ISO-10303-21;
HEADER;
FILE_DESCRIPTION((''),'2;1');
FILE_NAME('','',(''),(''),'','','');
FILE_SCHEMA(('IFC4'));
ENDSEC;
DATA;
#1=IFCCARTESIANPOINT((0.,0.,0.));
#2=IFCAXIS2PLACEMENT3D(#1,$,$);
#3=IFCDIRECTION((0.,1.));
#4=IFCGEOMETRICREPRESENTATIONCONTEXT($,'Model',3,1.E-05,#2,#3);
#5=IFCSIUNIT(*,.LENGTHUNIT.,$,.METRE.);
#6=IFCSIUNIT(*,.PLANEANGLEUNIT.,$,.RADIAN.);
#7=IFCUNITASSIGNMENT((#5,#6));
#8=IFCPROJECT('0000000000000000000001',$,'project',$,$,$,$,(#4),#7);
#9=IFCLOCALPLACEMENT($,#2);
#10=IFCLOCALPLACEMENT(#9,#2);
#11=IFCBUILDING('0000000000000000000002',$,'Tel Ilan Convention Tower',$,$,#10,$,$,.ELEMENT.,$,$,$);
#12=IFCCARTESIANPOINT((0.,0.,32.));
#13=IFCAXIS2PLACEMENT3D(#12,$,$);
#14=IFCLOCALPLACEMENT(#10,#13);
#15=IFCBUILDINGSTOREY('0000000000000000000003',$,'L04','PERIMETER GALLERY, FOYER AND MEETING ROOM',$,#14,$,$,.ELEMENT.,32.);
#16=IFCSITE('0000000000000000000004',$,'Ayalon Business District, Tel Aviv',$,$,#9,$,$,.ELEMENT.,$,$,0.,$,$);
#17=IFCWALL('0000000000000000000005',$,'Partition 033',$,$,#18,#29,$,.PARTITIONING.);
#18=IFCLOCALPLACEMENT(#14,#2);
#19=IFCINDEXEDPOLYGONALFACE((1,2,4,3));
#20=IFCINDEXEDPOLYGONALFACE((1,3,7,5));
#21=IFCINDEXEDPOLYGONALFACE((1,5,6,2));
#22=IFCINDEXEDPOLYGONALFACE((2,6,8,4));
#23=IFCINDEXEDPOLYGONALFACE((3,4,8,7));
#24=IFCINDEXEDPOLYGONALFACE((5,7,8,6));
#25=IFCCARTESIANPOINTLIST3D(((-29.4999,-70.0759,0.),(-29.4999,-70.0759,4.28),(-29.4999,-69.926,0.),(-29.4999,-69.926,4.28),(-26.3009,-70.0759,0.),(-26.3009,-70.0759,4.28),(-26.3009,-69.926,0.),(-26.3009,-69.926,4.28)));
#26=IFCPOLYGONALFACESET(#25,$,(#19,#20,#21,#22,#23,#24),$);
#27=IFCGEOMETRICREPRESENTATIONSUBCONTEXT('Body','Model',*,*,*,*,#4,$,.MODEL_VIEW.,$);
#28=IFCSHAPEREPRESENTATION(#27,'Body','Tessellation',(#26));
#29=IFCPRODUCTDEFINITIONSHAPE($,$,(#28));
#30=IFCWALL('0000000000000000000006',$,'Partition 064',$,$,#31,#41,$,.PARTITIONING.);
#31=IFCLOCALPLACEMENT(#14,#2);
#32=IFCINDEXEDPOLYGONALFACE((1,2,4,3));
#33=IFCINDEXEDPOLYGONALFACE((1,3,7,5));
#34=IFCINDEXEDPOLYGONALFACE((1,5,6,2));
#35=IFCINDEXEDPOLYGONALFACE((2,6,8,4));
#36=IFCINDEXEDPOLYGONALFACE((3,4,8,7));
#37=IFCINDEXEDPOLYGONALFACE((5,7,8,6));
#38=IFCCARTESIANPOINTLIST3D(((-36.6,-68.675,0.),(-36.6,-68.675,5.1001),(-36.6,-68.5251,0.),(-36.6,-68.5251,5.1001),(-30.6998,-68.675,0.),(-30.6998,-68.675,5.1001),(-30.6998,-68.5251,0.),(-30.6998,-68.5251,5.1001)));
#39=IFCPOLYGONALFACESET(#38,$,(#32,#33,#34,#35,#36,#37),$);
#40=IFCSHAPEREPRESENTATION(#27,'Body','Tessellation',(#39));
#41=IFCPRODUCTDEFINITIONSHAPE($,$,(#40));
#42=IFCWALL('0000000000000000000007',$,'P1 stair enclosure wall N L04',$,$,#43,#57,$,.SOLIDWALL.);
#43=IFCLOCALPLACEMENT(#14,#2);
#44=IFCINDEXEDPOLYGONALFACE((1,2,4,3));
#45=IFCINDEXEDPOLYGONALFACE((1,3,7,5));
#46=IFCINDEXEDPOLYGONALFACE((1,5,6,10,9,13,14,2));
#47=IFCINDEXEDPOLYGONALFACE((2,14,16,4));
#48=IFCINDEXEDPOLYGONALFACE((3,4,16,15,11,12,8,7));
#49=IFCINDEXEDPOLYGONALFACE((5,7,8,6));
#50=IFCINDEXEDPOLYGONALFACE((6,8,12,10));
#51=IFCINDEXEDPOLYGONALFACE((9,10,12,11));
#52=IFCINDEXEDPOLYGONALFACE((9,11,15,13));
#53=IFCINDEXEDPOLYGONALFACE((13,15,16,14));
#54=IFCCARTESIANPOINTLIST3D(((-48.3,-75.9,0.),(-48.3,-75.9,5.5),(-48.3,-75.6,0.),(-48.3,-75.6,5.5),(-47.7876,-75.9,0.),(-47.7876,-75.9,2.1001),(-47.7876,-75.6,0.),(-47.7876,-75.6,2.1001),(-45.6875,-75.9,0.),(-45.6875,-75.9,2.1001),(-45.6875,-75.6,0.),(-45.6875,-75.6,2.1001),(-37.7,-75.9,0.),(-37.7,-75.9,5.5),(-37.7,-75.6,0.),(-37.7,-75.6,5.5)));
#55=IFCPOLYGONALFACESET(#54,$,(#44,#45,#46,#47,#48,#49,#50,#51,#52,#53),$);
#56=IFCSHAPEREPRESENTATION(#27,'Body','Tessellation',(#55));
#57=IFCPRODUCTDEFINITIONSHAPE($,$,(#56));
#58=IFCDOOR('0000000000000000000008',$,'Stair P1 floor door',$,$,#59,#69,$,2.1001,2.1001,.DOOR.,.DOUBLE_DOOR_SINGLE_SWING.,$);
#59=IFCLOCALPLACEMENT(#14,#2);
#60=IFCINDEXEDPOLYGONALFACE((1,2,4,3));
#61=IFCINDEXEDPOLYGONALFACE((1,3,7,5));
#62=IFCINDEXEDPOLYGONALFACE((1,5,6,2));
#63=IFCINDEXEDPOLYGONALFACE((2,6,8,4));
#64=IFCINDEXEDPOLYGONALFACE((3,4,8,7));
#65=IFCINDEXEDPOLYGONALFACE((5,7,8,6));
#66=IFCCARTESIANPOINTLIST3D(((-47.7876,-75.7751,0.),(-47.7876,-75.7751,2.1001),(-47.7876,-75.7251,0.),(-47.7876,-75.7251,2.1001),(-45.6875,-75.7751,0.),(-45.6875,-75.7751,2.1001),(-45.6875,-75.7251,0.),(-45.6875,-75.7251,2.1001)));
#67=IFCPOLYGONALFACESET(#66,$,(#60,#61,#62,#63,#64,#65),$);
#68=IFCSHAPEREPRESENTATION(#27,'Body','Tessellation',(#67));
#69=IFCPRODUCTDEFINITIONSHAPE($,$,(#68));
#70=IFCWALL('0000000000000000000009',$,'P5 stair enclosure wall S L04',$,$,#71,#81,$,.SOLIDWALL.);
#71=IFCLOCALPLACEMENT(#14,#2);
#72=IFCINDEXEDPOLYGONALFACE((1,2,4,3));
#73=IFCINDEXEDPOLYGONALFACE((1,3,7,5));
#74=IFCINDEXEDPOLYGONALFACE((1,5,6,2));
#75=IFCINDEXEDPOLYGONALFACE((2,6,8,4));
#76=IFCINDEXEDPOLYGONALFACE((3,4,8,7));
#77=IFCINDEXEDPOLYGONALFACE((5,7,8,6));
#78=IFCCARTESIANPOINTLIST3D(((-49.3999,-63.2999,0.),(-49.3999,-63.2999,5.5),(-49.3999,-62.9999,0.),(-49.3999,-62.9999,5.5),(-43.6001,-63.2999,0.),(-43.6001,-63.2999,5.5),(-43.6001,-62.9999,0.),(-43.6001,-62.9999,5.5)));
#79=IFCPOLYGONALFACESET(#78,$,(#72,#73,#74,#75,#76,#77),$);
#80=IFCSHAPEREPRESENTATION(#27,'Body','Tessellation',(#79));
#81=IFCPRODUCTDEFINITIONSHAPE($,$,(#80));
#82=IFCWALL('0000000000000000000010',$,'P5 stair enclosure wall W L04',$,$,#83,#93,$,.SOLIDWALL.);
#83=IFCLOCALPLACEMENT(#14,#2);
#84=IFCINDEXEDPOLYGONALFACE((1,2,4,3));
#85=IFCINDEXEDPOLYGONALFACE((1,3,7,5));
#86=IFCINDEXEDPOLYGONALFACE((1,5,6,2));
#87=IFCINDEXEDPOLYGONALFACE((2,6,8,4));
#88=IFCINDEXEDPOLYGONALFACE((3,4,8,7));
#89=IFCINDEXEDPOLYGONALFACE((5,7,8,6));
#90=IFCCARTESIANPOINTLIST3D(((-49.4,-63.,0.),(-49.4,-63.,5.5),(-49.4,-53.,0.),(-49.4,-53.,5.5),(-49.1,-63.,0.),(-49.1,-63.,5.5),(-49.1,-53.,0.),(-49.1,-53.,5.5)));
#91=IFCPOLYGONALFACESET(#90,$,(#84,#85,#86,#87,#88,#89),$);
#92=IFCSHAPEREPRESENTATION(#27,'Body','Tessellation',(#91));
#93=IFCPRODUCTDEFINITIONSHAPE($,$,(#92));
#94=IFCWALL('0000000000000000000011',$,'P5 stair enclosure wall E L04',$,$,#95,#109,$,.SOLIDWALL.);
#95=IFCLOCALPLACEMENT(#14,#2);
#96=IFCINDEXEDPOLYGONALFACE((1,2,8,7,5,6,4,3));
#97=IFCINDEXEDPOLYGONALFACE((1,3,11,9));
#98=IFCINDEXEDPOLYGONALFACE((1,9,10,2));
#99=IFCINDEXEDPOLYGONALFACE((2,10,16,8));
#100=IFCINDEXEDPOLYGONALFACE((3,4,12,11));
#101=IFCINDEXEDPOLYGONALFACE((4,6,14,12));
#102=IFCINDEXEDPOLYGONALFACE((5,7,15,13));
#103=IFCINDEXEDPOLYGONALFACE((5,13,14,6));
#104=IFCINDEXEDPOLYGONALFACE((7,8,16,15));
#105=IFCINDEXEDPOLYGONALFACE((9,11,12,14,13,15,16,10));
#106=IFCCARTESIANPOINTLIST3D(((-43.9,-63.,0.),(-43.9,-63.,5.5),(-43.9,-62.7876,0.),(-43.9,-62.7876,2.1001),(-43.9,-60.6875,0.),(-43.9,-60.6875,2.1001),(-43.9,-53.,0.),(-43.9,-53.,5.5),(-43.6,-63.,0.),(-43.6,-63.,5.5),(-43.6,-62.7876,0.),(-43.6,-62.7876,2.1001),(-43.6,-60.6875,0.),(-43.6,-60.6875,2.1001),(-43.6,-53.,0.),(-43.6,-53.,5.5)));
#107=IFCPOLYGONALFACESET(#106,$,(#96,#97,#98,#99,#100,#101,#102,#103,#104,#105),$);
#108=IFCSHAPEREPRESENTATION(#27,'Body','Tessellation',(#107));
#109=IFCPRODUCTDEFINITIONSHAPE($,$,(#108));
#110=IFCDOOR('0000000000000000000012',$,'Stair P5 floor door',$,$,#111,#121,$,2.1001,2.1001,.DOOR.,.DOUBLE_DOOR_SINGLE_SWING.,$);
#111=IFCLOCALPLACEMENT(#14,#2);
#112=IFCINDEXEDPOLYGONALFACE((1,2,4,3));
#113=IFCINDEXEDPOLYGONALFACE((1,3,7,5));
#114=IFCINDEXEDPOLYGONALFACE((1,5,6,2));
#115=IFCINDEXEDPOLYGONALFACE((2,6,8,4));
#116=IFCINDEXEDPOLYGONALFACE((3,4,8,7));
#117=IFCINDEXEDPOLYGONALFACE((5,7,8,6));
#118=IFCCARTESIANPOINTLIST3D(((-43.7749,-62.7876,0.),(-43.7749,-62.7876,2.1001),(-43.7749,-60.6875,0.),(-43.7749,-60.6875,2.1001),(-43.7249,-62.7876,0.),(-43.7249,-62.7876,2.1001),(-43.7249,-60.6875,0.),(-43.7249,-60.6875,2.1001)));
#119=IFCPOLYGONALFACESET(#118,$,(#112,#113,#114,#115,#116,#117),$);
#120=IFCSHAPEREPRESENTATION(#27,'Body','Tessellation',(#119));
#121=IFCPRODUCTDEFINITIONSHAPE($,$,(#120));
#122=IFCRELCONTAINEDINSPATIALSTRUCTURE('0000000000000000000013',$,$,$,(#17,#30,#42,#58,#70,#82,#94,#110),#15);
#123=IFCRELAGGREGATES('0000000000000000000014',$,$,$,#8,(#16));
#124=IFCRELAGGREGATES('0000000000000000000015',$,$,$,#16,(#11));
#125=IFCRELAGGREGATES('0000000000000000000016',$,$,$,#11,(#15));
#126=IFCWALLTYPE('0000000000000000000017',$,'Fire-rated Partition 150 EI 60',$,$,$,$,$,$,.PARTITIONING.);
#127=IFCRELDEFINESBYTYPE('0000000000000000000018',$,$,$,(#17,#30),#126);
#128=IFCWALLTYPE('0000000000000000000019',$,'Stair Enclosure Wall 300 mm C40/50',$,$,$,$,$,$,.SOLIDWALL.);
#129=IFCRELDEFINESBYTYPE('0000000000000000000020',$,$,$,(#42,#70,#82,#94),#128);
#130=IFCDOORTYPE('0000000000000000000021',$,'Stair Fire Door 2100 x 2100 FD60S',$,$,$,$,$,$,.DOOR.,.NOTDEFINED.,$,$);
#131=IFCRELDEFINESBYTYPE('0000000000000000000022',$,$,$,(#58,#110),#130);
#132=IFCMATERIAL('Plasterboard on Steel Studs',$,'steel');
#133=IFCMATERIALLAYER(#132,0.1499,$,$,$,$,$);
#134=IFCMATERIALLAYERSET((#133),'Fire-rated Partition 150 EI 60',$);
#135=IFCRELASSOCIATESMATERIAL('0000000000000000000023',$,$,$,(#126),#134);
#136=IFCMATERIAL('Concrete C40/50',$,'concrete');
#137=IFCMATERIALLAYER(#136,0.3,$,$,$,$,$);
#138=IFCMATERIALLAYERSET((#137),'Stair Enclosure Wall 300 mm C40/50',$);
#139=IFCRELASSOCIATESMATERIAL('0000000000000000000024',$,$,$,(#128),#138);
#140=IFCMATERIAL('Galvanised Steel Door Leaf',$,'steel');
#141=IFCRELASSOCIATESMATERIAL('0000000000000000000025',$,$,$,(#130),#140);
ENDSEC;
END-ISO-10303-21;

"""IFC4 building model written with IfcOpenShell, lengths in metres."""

from ifc_helpers import new_model, si_unit, direction, frame, frame_2d, origin, place, context, subcontext, project, spatial, rectangle, extrude, material, layer, layer_set, type_object, element, fill, save


model = new_model("IFC4")

# Units and contexts
model_context = context("Model", 3, precision=1e-05, world=origin(), true_north=direction((0.0, 1.0)))
body_context = subcontext(model_context, "Body", "Model", "MODEL_VIEW")
ifc_project = project(units=[si_unit("LENGTHUNIT", "METRE"), si_unit("PLANEANGLEUNIT", "RADIAN")], contexts=[model_context])

# Site, building, storey
site_placement = place(None, origin())
site = spatial("IfcSite", under=ifc_project, at=site_placement, Name="Ayalon Business District, Tel Aviv", CompositionType="ELEMENT", RefElevation=0.0)
building_placement = place(site_placement, origin())
building = spatial("IfcBuilding", under=site, at=building_placement, Name="Tel Ilan Convention Tower", CompositionType="ELEMENT")
storey_placement = place(building_placement, frame((0.0, 0.0, 32.0)))
storey = spatial("IfcBuildingStorey", under=building, at=storey_placement, Name="L04", Description="PERIMETER GALLERY, FOYER AND MEETING ROOM", CompositionType="ELEMENT", Elevation=32.0)

# Walls
ifc_material_1 = material(Name="Plasterboard on Steel Studs", Category="steel")
ifc_layer_1 = layer(ifc_material_1, 0.1499)
ifc_layer_set_1 = layer_set([ifc_layer_1], Name="Fire-rated Partition 150 EI 60")
wall_type_1 = type_object("IfcWallType", Name="Fire-rated Partition 150 EI 60", PredefinedType="PARTITIONING", material=ifc_layer_set_1)
wall_1_placement = place(storey_placement, frame((-29.5, -70.001, 0.0), z_axis=(0.0, 0.0, 1.0), x_axis=(1.0, 0.0, 0.0)))
element("IfcWall", 1, at=wall_1_placement, inside=storey, type_object=wall_type_1, Name="Partition 033", PredefinedType="PARTITIONING", context=body_context, shape_type="SweptSolid", body=[
    extrude(rectangle(XDim=3.199, YDim=0.1499, at=frame_2d((1.5996, 0.0))), origin(), (0.0, 0.0, 1.0), 4.28),
])
wall_2_placement = place(storey_placement, frame((-36.6001, -68.6001, 0.0), z_axis=(0.0, 0.0, 1.0), x_axis=(1.0, 0.0, 0.0)))
element("IfcWall", 2, at=wall_2_placement, inside=storey, type_object=wall_type_1, Name="Partition 064", PredefinedType="PARTITIONING", context=body_context, shape_type="SweptSolid", body=[
    extrude(rectangle(XDim=5.9001, YDim=0.1499, at=frame_2d((2.9502, 0.0))), origin(), (0.0, 0.0, 1.0), 5.1001),
])

# Wall, opening, door
ifc_material_2 = material(Name="Concrete C40/50", Category="concrete")
ifc_layer_2 = layer(ifc_material_2, 0.3)
ifc_layer_set_2 = layer_set([ifc_layer_2], Name="Stair Enclosure Wall 300 mm C40/50")
wall_type_2 = type_object("IfcWallType", Name="Stair Enclosure Wall 300 mm C40/50", PredefinedType="SOLIDWALL", material=ifc_layer_set_2)
wall_3_placement = place(storey_placement, frame((-48.3, -75.75, 0.0), z_axis=(0.0, 0.0, 1.0), x_axis=(1.0, 0.0, 0.0)))
wall_3 = element("IfcWall", 3, at=wall_3_placement, inside=storey, type_object=wall_type_2, Name="P1 stair enclosure wall N L04", PredefinedType="SOLIDWALL", context=body_context, shape_type="SweptSolid", body=[
    extrude(rectangle(XDim=10.6001, YDim=0.3, at=frame_2d((5.3, 0.0))), origin(), (0.0, 0.0, 1.0), 5.5),
])
opening_1_placement = place(wall_3_placement, frame((0.5125, 0.0, 0.0)))
opening_1 = element("IfcOpeningElement", 4, at=opening_1_placement, cuts=wall_3, PredefinedType="OPENING", context=body_context, shape_type="SweptSolid", body=[
    extrude(rectangle(XDim=2.1001, YDim=2.1001, at=frame_2d((1.05, 1.05))), frame((0.0, 0.1599, 0.0), z_axis=(0.0, -1.0, 0.0), x_axis=(1.0, 0.0, 0.0)), (0.0, 0.0, 1.0), 0.3201),
])
ifc_material_3 = material(Name="Galvanised Steel Door Leaf", Category="steel")
door_type = type_object("IfcDoorType", Name="Stair Fire Door 2100 x 2100 FD60S", OperationType="NOTDEFINED", PredefinedType="DOOR", material=ifc_material_3)
door_1_placement = place(opening_1_placement, origin())
door_1 = element("IfcDoor", 5, at=door_1_placement, inside=storey, type_object=door_type, Name="Stair P1 floor door", OperationType="DOUBLE_DOOR_SINGLE_SWING", OverallHeight=2.1001, OverallWidth=2.1001, PredefinedType="DOOR", context=body_context, shape_type="SweptSolid", body=[
    extrude(rectangle(XDim=2.1001, YDim=2.1001, at=frame_2d((1.05, 1.05))), frame((0.0, 0.0249, 0.0), z_axis=(0.0, -1.0, 0.0), x_axis=(1.0, 0.0, 0.0)), (0.0, 0.0, 1.0), 0.05),
])
fill(opening_1, door_1)

# Walls
wall_4_placement = place(storey_placement, frame((-49.3999, -63.1499, 0.0), z_axis=(0.0, 0.0, 1.0), x_axis=(1.0, 0.0, 0.0)))
element("IfcWall", 6, at=wall_4_placement, inside=storey, type_object=wall_type_2, Name="P5 stair enclosure wall S L04", PredefinedType="SOLIDWALL", context=body_context, shape_type="SweptSolid", body=[
    extrude(rectangle(XDim=5.7998, YDim=0.3, at=frame_2d((2.8999, 0.0))), origin(), (0.0, 0.0, 1.0), 5.5),
])
wall_5_placement = place(storey_placement, frame((-49.25, -63.0, 0.0), z_axis=(0.0, 0.0, 1.0), x_axis=(0.0, 1.0, 0.0)))
element("IfcWall", 7, at=wall_5_placement, inside=storey, type_object=wall_type_2, Name="P5 stair enclosure wall W L04", PredefinedType="SOLIDWALL", context=body_context, shape_type="SweptSolid", body=[
    extrude(rectangle(XDim=10.0, YDim=0.3, at=frame_2d((5.0, 0.0))), origin(), (0.0, 0.0, 1.0), 5.5),
])

# Wall, opening, door
wall_6_placement = place(storey_placement, frame((-43.75, -63.0, 0.0), z_axis=(0.0, 0.0, 1.0), x_axis=(0.0, 1.0, 0.0)))
wall_6 = element("IfcWall", 8, at=wall_6_placement, inside=storey, type_object=wall_type_2, Name="P5 stair enclosure wall E L04", PredefinedType="SOLIDWALL", context=body_context, shape_type="SweptSolid", body=[
    extrude(rectangle(XDim=10.0, YDim=0.3, at=frame_2d((5.0, 0.0))), origin(), (0.0, 0.0, 1.0), 5.5),
])
opening_2_placement = place(wall_6_placement, frame((0.2124, 0.0, 0.0)))
opening_2 = element("IfcOpeningElement", 9, at=opening_2_placement, cuts=wall_6, PredefinedType="OPENING", context=body_context, shape_type="SweptSolid", body=[
    extrude(rectangle(XDim=2.1001, YDim=2.1001, at=frame_2d((1.05, 1.05))), frame((0.0, 0.1599, 0.0), z_axis=(0.0, -1.0, 0.0), x_axis=(1.0, 0.0, 0.0)), (0.0, 0.0, 1.0), 0.3201),
])
door_2_placement = place(opening_2_placement, origin())
door_2 = element("IfcDoor", 10, at=door_2_placement, inside=storey, type_object=door_type, Name="Stair P5 floor door", OperationType="DOUBLE_DOOR_SINGLE_SWING", OverallHeight=2.1001, OverallWidth=2.1001, PredefinedType="DOOR", context=body_context, shape_type="SweptSolid", body=[
    extrude(rectangle(XDim=2.1001, YDim=2.1001, at=frame_2d((1.05, 1.05))), frame((0.0, 0.0249, 0.0), z_axis=(0.0, -1.0, 0.0), x_axis=(1.0, 0.0, 0.0)), (0.0, 0.0, 1.0), 0.05),
])
fill(opening_2, door_2)

save(model, "model.ifc")
